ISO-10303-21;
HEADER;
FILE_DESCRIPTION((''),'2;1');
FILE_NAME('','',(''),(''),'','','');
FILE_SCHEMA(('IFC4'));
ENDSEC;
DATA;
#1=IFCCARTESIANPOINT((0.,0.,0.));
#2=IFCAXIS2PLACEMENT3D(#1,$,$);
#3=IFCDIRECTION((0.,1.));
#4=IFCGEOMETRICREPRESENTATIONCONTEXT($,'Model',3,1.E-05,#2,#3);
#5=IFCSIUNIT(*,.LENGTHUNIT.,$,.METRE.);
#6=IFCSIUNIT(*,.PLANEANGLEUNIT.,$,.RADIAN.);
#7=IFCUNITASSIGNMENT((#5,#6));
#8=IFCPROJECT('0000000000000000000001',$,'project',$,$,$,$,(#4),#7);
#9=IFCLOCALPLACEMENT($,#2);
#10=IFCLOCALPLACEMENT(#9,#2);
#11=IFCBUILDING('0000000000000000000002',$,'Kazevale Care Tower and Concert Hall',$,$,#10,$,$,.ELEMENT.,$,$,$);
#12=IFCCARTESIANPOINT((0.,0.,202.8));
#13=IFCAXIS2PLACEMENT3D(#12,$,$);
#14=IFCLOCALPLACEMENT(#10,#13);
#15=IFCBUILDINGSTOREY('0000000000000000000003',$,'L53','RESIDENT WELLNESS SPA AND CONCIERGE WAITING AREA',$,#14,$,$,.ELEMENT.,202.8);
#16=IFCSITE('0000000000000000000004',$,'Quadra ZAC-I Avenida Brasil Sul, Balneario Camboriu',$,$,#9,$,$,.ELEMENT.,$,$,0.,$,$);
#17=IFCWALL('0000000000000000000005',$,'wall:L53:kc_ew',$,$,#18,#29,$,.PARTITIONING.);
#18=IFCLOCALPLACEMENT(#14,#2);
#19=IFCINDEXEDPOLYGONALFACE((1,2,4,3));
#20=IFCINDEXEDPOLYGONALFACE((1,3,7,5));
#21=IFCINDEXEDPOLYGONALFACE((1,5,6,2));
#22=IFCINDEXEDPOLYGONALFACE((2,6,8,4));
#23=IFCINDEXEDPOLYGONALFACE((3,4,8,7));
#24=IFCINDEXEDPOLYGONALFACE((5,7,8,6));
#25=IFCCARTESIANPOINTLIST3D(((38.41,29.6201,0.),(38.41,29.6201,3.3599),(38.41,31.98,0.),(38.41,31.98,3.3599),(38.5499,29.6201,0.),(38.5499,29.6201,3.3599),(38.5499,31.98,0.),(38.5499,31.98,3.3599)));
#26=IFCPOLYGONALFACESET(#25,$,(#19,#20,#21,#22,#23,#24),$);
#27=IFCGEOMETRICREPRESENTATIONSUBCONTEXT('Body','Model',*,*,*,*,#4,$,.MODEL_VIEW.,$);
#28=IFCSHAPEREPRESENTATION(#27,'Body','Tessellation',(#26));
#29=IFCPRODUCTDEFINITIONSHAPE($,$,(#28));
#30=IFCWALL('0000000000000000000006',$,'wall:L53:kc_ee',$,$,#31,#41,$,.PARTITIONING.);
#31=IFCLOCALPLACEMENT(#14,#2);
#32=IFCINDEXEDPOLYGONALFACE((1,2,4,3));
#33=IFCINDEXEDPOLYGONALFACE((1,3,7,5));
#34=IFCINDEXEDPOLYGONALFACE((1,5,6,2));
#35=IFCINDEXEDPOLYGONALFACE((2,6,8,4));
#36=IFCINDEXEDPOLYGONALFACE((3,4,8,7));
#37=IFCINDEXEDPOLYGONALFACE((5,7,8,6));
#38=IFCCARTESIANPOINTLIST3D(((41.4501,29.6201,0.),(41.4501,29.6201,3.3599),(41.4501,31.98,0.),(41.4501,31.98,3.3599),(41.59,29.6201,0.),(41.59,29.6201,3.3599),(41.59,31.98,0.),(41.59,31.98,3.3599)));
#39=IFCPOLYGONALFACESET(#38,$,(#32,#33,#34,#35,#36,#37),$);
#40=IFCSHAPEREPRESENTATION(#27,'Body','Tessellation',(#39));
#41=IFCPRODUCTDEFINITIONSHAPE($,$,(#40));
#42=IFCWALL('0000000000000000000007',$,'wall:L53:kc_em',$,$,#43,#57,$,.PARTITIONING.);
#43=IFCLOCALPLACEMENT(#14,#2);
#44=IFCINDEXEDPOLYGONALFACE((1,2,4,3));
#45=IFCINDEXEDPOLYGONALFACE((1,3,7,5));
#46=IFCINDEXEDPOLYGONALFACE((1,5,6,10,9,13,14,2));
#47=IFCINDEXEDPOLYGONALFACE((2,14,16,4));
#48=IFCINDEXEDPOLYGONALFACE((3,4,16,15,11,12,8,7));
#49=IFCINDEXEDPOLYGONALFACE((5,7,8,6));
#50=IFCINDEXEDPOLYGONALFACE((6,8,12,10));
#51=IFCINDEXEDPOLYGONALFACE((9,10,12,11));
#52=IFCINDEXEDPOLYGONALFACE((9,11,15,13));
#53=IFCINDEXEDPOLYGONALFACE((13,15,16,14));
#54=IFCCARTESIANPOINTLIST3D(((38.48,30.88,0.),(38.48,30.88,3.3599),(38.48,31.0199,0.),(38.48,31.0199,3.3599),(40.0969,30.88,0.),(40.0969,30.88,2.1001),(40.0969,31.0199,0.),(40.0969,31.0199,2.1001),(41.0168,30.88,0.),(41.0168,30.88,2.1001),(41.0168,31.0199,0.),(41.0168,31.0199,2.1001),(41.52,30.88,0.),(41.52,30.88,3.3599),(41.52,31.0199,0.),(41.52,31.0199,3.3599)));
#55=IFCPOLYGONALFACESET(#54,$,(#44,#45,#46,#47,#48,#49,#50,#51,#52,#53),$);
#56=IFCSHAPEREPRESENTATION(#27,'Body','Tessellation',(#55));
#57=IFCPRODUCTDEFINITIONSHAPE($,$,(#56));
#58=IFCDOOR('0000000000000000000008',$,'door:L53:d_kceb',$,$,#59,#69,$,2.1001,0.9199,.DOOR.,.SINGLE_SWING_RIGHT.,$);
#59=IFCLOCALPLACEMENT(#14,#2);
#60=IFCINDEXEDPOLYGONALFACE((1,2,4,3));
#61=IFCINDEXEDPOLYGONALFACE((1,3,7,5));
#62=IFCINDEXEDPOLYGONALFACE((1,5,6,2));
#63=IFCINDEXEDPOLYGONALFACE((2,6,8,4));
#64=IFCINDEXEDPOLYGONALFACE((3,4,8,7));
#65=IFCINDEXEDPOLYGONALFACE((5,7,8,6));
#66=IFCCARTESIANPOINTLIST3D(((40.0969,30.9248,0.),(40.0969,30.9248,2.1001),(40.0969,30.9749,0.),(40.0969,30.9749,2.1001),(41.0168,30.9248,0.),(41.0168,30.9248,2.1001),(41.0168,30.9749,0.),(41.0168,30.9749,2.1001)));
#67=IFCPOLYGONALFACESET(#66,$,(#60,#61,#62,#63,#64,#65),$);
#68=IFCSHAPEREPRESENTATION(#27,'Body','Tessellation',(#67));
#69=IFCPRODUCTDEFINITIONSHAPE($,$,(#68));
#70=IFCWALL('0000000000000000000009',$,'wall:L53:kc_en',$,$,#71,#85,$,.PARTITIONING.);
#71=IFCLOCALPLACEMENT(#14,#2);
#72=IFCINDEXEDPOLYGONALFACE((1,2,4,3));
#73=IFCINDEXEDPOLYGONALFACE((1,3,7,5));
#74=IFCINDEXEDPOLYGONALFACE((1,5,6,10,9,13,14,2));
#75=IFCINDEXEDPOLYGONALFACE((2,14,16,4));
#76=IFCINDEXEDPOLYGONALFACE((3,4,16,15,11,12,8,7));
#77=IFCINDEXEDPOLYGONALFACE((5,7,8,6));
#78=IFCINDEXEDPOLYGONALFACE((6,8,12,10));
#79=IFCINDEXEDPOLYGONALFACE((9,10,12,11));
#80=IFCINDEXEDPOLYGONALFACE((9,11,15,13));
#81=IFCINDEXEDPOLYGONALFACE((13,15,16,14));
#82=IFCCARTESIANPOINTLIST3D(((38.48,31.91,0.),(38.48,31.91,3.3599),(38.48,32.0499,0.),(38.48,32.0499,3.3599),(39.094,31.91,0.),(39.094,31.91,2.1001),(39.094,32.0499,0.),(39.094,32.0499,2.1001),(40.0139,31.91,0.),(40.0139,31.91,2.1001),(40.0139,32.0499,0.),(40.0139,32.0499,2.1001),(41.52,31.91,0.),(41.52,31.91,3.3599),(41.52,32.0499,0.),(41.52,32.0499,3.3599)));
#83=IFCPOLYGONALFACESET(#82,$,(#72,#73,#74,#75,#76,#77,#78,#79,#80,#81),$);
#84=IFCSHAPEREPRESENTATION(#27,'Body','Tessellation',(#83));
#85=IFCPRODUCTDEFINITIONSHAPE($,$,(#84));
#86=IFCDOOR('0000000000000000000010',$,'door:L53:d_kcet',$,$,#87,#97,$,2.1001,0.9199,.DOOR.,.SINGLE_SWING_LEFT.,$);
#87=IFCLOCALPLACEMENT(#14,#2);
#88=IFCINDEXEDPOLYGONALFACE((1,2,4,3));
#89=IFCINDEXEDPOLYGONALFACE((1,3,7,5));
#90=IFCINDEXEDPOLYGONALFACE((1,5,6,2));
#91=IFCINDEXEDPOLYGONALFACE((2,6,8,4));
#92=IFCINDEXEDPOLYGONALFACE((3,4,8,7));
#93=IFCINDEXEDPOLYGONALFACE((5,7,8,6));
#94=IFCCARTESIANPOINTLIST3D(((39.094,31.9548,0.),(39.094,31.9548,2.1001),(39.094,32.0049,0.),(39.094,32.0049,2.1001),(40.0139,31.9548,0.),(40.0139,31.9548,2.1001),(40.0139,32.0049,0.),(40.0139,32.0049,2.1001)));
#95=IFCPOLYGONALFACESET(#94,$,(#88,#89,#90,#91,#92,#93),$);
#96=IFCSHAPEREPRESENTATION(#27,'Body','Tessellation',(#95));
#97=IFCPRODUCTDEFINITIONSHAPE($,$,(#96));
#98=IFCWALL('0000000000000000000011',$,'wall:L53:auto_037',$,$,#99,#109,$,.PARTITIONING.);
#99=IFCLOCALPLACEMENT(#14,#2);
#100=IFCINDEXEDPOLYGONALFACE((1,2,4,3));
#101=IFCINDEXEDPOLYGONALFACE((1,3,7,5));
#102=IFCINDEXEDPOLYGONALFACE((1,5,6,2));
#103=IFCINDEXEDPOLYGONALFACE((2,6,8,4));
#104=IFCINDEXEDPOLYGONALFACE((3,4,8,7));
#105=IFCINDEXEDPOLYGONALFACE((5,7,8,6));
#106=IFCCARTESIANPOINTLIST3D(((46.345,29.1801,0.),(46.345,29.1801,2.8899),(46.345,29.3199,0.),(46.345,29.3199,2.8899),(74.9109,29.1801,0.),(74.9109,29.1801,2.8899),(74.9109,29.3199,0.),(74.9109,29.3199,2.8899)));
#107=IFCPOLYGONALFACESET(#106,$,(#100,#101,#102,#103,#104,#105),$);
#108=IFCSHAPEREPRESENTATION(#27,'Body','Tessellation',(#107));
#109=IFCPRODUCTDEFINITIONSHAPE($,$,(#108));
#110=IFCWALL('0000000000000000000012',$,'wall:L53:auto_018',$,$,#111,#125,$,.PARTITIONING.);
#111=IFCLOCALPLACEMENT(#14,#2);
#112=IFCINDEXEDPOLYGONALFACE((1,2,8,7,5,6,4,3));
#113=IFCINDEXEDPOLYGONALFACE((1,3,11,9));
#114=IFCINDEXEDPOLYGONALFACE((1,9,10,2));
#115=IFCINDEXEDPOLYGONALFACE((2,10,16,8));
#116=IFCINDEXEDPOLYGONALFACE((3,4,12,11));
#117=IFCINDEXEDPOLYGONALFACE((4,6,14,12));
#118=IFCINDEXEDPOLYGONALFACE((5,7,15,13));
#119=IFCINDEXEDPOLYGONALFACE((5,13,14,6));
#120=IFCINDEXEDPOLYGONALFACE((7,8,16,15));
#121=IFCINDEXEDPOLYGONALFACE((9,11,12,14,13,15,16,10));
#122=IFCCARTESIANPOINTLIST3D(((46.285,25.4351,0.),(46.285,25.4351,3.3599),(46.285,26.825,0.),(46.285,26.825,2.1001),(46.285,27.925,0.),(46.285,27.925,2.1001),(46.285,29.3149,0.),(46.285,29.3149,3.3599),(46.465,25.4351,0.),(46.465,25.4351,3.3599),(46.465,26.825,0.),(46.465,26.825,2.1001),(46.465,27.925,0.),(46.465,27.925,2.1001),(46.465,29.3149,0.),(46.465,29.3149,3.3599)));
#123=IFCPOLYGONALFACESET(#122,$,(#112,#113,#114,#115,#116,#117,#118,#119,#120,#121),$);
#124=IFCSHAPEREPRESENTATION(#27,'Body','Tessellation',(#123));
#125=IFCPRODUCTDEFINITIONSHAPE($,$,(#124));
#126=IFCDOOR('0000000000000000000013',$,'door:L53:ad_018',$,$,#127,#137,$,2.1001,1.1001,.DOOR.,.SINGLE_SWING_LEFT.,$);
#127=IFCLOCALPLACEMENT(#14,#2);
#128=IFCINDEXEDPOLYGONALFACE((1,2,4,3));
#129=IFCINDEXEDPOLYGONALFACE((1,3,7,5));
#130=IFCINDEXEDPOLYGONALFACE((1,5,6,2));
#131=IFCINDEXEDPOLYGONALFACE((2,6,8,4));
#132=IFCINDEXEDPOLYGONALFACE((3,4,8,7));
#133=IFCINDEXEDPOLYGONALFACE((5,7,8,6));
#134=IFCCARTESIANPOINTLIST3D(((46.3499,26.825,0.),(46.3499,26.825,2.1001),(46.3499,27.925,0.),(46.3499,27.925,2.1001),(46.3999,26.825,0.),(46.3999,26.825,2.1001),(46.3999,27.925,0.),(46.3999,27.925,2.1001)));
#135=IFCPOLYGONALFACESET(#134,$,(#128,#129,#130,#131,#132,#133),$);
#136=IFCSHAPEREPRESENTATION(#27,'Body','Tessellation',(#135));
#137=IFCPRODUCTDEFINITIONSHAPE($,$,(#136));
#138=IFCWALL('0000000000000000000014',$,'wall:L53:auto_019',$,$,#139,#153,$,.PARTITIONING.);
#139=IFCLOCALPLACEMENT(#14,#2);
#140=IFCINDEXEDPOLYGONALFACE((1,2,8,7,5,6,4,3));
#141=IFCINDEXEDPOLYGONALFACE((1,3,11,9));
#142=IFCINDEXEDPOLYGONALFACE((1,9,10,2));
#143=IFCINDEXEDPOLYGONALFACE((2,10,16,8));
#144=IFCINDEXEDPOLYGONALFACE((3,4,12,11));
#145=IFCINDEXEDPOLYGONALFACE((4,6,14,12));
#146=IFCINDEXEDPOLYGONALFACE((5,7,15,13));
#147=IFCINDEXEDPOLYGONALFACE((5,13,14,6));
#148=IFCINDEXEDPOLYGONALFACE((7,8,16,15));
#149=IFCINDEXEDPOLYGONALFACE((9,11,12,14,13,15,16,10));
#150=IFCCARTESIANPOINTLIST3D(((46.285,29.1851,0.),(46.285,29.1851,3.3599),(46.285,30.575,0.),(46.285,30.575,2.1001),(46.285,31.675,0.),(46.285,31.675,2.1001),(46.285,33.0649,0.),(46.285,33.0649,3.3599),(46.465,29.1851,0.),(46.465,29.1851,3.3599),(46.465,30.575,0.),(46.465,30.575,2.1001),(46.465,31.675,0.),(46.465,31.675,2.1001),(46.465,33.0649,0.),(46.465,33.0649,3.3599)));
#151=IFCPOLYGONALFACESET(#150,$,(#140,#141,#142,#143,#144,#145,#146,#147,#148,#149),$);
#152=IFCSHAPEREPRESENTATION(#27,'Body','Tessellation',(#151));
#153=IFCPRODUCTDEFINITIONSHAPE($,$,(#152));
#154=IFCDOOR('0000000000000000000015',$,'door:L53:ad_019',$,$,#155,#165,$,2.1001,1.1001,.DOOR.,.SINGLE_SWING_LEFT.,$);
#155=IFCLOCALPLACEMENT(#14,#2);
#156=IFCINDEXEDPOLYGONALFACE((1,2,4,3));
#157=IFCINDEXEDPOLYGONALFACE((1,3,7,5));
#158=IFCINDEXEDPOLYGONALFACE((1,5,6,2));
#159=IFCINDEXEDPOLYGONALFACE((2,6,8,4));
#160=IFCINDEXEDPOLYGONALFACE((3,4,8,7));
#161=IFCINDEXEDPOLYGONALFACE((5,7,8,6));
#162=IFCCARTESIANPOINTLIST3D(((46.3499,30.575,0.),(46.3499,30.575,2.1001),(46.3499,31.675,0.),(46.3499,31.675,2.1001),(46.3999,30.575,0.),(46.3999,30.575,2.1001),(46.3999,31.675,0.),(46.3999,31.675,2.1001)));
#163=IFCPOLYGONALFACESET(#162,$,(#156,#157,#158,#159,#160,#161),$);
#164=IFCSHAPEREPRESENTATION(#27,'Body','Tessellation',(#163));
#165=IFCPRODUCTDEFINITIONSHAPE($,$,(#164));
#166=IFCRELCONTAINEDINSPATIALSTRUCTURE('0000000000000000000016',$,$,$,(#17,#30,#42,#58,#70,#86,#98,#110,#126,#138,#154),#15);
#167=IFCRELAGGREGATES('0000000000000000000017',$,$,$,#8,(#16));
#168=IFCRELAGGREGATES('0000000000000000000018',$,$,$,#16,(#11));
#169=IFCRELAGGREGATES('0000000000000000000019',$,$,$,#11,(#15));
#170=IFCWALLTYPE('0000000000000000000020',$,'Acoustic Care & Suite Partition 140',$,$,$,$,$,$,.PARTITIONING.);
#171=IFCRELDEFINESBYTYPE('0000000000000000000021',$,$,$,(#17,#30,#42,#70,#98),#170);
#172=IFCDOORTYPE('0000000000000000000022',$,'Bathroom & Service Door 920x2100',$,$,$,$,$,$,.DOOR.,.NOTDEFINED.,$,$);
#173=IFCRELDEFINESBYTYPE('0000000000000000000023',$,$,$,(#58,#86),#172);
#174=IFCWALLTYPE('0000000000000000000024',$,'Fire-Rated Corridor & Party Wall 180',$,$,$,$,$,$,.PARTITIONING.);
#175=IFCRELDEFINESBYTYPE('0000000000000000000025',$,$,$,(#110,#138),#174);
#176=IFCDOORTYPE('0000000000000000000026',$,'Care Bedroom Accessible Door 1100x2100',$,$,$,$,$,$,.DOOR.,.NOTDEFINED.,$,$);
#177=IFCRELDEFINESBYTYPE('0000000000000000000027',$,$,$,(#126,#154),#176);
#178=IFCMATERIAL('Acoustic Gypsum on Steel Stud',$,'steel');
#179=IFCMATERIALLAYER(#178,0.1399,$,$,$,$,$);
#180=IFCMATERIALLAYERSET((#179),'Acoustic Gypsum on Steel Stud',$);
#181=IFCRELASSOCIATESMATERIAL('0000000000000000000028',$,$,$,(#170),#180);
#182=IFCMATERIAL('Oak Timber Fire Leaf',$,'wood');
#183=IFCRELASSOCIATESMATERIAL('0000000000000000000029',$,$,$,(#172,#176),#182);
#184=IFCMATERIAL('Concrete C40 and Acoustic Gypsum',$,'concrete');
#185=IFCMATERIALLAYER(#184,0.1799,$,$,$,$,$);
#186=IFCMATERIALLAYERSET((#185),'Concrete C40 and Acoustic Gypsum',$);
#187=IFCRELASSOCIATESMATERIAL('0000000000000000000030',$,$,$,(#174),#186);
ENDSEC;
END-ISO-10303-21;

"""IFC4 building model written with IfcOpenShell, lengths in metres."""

from ifc_helpers import new_model, si_unit, direction, frame, frame_2d, origin, place, context, subcontext, project, spatial, rectangle, extrude, material, layer, layer_set, type_object, element, fill, save


model = new_model("IFC4")

# Units and contexts
model_context = context("Model", 3, precision=1e-05, world=origin(), true_north=direction((0.0, 1.0)))
body_context = subcontext(model_context, "Body", "Model", "MODEL_VIEW")
ifc_project = project(units=[si_unit("LENGTHUNIT", "METRE"), si_unit("PLANEANGLEUNIT", "RADIAN")], contexts=[model_context])

# Site, building, storey
site_placement = place(None, origin())
site = spatial("IfcSite", under=ifc_project, at=site_placement, Name="Quadra ZAC-I Avenida Brasil Sul, Balneario Camboriu", CompositionType="ELEMENT", RefElevation=0.0)
building_placement = place(site_placement, origin())
building = spatial("IfcBuilding", under=site, at=building_placement, Name="Kazevale Care Tower and Concert Hall", CompositionType="ELEMENT")
storey_placement = place(building_placement, frame((0.0, 0.0, 202.8)))
storey = spatial("IfcBuildingStorey", under=building, at=storey_placement, Name="L53", Description="RESIDENT WELLNESS SPA AND CONCIERGE WAITING AREA", CompositionType="ELEMENT", Elevation=202.8)

# Shared definitions
ifc_material_1 = material(Name="Acoustic Gypsum on Steel Stud", Category="steel")
ifc_layer_1 = layer(ifc_material_1, 0.1399)
ifc_layer_set_1 = layer_set([ifc_layer_1], Name="Acoustic Gypsum on Steel Stud")
wall_type_1 = type_object("IfcWallType", Name="Acoustic Care & Suite Partition 140", PredefinedType="PARTITIONING", material=ifc_layer_set_1)
ifc_material_2 = material(Name="Oak Timber Fire Leaf", Category="wood")
door_type_1 = type_object("IfcDoorType", Name="Bathroom & Service Door 920x2100", OperationType="NOTDEFINED", PredefinedType="DOOR", material=ifc_material_2)

# Walls
for number, where, z_axis, x_axis, name in (
    (1, (38.48, 29.6201, 0.0), (0.0, 0.0, 1.0), (0.0, 1.0, 0.0), "wall:L53:kc_ew"),
    (2, (41.52, 29.6201, 0.0), (0.0, 0.0, 1.0), (0.0, 1.0, 0.0), "wall:L53:kc_ee"),
):
    element("IfcWall", number, at=place(storey_placement, frame(where, z_axis=z_axis, x_axis=x_axis)), inside=storey, type_object=wall_type_1, Name=name, PredefinedType="PARTITIONING", context=body_context, shape_type="SweptSolid", body=[
        extrude(rectangle(XDim=2.3599, YDim=0.1399, at=frame_2d((1.1799, 0.0))), origin(), (0.0, 0.0, 1.0), 3.3599),
    ])

# Walls, openings, doors
wall_1_placement = place(storey_placement, frame((38.48, 30.95, 0.0), z_axis=(0.0, 0.0, 1.0), x_axis=(1.0, 0.0, 0.0)))
wall_1 = element("IfcWall", 3, at=wall_1_placement, inside=storey, type_object=wall_type_1, Name="wall:L53:kc_em", PredefinedType="PARTITIONING", context=body_context, shape_type="SweptSolid", body=[
    extrude(rectangle(XDim=3.04, YDim=0.1399, at=frame_2d((1.52, 0.0))), origin(), (0.0, 0.0, 1.0), 3.3599),
])
opening_1_placement = place(wall_1_placement, frame((1.6169, 0.0, 0.0)))
opening_1 = element("IfcOpeningElement", 4, at=opening_1_placement, cuts=wall_1, PredefinedType="OPENING", context=body_context, shape_type="SweptSolid", body=[
    extrude(rectangle(XDim=0.9199, YDim=2.1001, at=frame_2d((0.46, 1.05))), frame((0.0, 0.0798, 0.0), z_axis=(0.0, -1.0, 0.0), x_axis=(1.0, 0.0, 0.0)), (0.0, 0.0, 1.0), 0.1599),
])
door_1_placement = place(opening_1_placement, origin())
door_1 = element("IfcDoor", 5, at=door_1_placement, inside=storey, type_object=door_type_1, Name="door:L53:d_kceb", OperationType="SINGLE_SWING_RIGHT", OverallHeight=2.1001, OverallWidth=0.9199, PredefinedType="DOOR", context=body_context, shape_type="SweptSolid", body=[
    extrude(rectangle(XDim=0.9199, YDim=2.1001, at=frame_2d((0.46, 1.05))), frame((0.0, 0.0249, 0.0), z_axis=(0.0, -1.0, 0.0), x_axis=(1.0, 0.0, 0.0)), (0.0, 0.0, 1.0), 0.05),
])
fill(opening_1, door_1)
wall_2_placement = place(storey_placement, frame((38.48, 31.98, 0.0), z_axis=(0.0, 0.0, 1.0), x_axis=(1.0, 0.0, 0.0)))
wall_2 = element("IfcWall", 6, at=wall_2_placement, inside=storey, type_object=wall_type_1, Name="wall:L53:kc_en", PredefinedType="PARTITIONING", context=body_context, shape_type="SweptSolid", body=[
    extrude(rectangle(XDim=3.04, YDim=0.1399, at=frame_2d((1.52, 0.0))), origin(), (0.0, 0.0, 1.0), 3.3599),
])
opening_2_placement = place(wall_2_placement, frame((0.614, 0.0, 0.0)))
opening_2 = element("IfcOpeningElement", 7, at=opening_2_placement, cuts=wall_2, PredefinedType="OPENING", context=body_context, shape_type="SweptSolid", body=[
    extrude(rectangle(XDim=0.9199, YDim=2.1001, at=frame_2d((0.46, 1.05))), frame((0.0, 0.0798, 0.0), z_axis=(0.0, -1.0, 0.0), x_axis=(1.0, 0.0, 0.0)), (0.0, 0.0, 1.0), 0.1599),
])
door_2_placement = place(opening_2_placement, origin())
door_2 = element("IfcDoor", 8, at=door_2_placement, inside=storey, type_object=door_type_1, Name="door:L53:d_kcet", OperationType="SINGLE_SWING_LEFT", OverallHeight=2.1001, OverallWidth=0.9199, PredefinedType="DOOR", context=body_context, shape_type="SweptSolid", body=[
    extrude(rectangle(XDim=0.9199, YDim=2.1001, at=frame_2d((0.46, 1.05))), frame((0.0, 0.0249, 0.0), z_axis=(0.0, -1.0, 0.0), x_axis=(1.0, 0.0, 0.0)), (0.0, 0.0, 1.0), 0.05),
])
fill(opening_2, door_2)

# Wall
wall_3_placement = place(storey_placement, frame((46.345, 29.25, 0.0), z_axis=(0.0, 0.0, 1.0), x_axis=(1.0, 0.0, 0.0)))
element("IfcWall", 9, at=wall_3_placement, inside=storey, type_object=wall_type_1, Name="wall:L53:auto_037", PredefinedType="PARTITIONING", context=body_context, shape_type="SweptSolid", body=[
    extrude(rectangle(XDim=28.5659, YDim=0.1399, at=frame_2d((14.283, 0.0))), origin(), (0.0, 0.0, 1.0), 2.8899),
])

# Walls, openings, doors
ifc_material_3 = material(Name="Concrete C40 and Acoustic Gypsum", Category="concrete")
ifc_layer_2 = layer(ifc_material_3, 0.1799)
ifc_layer_set_2 = layer_set([ifc_layer_2], Name="Concrete C40 and Acoustic Gypsum")
wall_type_2 = type_object("IfcWallType", Name="Fire-Rated Corridor & Party Wall 180", PredefinedType="PARTITIONING", material=ifc_layer_set_2)
wall_4_placement = place(storey_placement, frame((46.375, 29.3149, 0.0), z_axis=(0.0, 0.0, 1.0), x_axis=(0.0, -1.0, 0.0)))
wall_4 = element("IfcWall", 10, at=wall_4_placement, inside=storey, type_object=wall_type_2, Name="wall:L53:auto_018", PredefinedType="PARTITIONING", context=body_context, shape_type="SweptSolid", body=[
    extrude(rectangle(XDim=3.8799, YDim=0.1799, at=frame_2d((1.9399, 0.0))), origin(), (0.0, 0.0, 1.0), 3.3599),
])
opening_3_placement = place(wall_4_placement, frame((1.3899, 0.0, 0.0)))
opening_3 = element("IfcOpeningElement", 11, at=opening_3_placement, cuts=wall_4, PredefinedType="OPENING", context=body_context, shape_type="SweptSolid", body=[
    extrude(rectangle(XDim=1.1001, YDim=2.1001, at=frame_2d((0.55, 1.05))), frame((0.0, 0.0999, 0.0), z_axis=(0.0, -1.0, 0.0), x_axis=(1.0, 0.0, 0.0)), (0.0, 0.0, 1.0), 0.2),
])
door_type_2 = type_object("IfcDoorType", Name="Care Bedroom Accessible Door 1100x2100", OperationType="NOTDEFINED", PredefinedType="DOOR", material=ifc_material_2)
door_3_placement = place(opening_3_placement, origin())
door_3 = element("IfcDoor", 12, at=door_3_placement, inside=storey, type_object=door_type_2, Name="door:L53:ad_018", OperationType="SINGLE_SWING_LEFT", OverallHeight=2.1001, OverallWidth=1.1001, PredefinedType="DOOR", context=body_context, shape_type="SweptSolid", body=[
    extrude(rectangle(XDim=1.1001, YDim=2.1001, at=frame_2d((0.55, 1.05))), frame((0.0, 0.0249, 0.0), z_axis=(0.0, -1.0, 0.0), x_axis=(1.0, 0.0, 0.0)), (0.0, 0.0, 1.0), 0.05),
])
fill(opening_3, door_3)
wall_5_placement = place(storey_placement, frame((46.375, 33.0649, 0.0), z_axis=(0.0, 0.0, 1.0), x_axis=(0.0, -1.0, 0.0)))
wall_5 = element("IfcWall", 13, at=wall_5_placement, inside=storey, type_object=wall_type_2, Name="wall:L53:auto_019", PredefinedType="PARTITIONING", context=body_context, shape_type="SweptSolid", body=[
    extrude(rectangle(XDim=3.8799, YDim=0.1799, at=frame_2d((1.9399, 0.0))), origin(), (0.0, 0.0, 1.0), 3.3599),
])
opening_4_placement = place(wall_5_placement, frame((1.3899, 0.0, 0.0)))
opening_4 = element("IfcOpeningElement", 14, at=opening_4_placement, cuts=wall_5, PredefinedType="OPENING", context=body_context, shape_type="SweptSolid", body=[
    extrude(rectangle(XDim=1.1001, YDim=2.1001, at=frame_2d((0.55, 1.05))), frame((0.0, 0.0999, 0.0), z_axis=(0.0, -1.0, 0.0), x_axis=(1.0, 0.0, 0.0)), (0.0, 0.0, 1.0), 0.2),
])
door_4_placement = place(opening_4_placement, origin())
door_4 = element("IfcDoor", 15, at=door_4_placement, inside=storey, type_object=door_type_2, Name="door:L53:ad_019", OperationType="SINGLE_SWING_LEFT", OverallHeight=2.1001, OverallWidth=1.1001, PredefinedType="DOOR", context=body_context, shape_type="SweptSolid", body=[
    extrude(rectangle(XDim=1.1001, YDim=2.1001, at=frame_2d((0.55, 1.05))), frame((0.0, 0.0249, 0.0), z_axis=(0.0, -1.0, 0.0), x_axis=(1.0, 0.0, 0.0)), (0.0, 0.0, 1.0), 0.05),
])
fill(opening_4, door_4)

save(model, "model.ifc")
